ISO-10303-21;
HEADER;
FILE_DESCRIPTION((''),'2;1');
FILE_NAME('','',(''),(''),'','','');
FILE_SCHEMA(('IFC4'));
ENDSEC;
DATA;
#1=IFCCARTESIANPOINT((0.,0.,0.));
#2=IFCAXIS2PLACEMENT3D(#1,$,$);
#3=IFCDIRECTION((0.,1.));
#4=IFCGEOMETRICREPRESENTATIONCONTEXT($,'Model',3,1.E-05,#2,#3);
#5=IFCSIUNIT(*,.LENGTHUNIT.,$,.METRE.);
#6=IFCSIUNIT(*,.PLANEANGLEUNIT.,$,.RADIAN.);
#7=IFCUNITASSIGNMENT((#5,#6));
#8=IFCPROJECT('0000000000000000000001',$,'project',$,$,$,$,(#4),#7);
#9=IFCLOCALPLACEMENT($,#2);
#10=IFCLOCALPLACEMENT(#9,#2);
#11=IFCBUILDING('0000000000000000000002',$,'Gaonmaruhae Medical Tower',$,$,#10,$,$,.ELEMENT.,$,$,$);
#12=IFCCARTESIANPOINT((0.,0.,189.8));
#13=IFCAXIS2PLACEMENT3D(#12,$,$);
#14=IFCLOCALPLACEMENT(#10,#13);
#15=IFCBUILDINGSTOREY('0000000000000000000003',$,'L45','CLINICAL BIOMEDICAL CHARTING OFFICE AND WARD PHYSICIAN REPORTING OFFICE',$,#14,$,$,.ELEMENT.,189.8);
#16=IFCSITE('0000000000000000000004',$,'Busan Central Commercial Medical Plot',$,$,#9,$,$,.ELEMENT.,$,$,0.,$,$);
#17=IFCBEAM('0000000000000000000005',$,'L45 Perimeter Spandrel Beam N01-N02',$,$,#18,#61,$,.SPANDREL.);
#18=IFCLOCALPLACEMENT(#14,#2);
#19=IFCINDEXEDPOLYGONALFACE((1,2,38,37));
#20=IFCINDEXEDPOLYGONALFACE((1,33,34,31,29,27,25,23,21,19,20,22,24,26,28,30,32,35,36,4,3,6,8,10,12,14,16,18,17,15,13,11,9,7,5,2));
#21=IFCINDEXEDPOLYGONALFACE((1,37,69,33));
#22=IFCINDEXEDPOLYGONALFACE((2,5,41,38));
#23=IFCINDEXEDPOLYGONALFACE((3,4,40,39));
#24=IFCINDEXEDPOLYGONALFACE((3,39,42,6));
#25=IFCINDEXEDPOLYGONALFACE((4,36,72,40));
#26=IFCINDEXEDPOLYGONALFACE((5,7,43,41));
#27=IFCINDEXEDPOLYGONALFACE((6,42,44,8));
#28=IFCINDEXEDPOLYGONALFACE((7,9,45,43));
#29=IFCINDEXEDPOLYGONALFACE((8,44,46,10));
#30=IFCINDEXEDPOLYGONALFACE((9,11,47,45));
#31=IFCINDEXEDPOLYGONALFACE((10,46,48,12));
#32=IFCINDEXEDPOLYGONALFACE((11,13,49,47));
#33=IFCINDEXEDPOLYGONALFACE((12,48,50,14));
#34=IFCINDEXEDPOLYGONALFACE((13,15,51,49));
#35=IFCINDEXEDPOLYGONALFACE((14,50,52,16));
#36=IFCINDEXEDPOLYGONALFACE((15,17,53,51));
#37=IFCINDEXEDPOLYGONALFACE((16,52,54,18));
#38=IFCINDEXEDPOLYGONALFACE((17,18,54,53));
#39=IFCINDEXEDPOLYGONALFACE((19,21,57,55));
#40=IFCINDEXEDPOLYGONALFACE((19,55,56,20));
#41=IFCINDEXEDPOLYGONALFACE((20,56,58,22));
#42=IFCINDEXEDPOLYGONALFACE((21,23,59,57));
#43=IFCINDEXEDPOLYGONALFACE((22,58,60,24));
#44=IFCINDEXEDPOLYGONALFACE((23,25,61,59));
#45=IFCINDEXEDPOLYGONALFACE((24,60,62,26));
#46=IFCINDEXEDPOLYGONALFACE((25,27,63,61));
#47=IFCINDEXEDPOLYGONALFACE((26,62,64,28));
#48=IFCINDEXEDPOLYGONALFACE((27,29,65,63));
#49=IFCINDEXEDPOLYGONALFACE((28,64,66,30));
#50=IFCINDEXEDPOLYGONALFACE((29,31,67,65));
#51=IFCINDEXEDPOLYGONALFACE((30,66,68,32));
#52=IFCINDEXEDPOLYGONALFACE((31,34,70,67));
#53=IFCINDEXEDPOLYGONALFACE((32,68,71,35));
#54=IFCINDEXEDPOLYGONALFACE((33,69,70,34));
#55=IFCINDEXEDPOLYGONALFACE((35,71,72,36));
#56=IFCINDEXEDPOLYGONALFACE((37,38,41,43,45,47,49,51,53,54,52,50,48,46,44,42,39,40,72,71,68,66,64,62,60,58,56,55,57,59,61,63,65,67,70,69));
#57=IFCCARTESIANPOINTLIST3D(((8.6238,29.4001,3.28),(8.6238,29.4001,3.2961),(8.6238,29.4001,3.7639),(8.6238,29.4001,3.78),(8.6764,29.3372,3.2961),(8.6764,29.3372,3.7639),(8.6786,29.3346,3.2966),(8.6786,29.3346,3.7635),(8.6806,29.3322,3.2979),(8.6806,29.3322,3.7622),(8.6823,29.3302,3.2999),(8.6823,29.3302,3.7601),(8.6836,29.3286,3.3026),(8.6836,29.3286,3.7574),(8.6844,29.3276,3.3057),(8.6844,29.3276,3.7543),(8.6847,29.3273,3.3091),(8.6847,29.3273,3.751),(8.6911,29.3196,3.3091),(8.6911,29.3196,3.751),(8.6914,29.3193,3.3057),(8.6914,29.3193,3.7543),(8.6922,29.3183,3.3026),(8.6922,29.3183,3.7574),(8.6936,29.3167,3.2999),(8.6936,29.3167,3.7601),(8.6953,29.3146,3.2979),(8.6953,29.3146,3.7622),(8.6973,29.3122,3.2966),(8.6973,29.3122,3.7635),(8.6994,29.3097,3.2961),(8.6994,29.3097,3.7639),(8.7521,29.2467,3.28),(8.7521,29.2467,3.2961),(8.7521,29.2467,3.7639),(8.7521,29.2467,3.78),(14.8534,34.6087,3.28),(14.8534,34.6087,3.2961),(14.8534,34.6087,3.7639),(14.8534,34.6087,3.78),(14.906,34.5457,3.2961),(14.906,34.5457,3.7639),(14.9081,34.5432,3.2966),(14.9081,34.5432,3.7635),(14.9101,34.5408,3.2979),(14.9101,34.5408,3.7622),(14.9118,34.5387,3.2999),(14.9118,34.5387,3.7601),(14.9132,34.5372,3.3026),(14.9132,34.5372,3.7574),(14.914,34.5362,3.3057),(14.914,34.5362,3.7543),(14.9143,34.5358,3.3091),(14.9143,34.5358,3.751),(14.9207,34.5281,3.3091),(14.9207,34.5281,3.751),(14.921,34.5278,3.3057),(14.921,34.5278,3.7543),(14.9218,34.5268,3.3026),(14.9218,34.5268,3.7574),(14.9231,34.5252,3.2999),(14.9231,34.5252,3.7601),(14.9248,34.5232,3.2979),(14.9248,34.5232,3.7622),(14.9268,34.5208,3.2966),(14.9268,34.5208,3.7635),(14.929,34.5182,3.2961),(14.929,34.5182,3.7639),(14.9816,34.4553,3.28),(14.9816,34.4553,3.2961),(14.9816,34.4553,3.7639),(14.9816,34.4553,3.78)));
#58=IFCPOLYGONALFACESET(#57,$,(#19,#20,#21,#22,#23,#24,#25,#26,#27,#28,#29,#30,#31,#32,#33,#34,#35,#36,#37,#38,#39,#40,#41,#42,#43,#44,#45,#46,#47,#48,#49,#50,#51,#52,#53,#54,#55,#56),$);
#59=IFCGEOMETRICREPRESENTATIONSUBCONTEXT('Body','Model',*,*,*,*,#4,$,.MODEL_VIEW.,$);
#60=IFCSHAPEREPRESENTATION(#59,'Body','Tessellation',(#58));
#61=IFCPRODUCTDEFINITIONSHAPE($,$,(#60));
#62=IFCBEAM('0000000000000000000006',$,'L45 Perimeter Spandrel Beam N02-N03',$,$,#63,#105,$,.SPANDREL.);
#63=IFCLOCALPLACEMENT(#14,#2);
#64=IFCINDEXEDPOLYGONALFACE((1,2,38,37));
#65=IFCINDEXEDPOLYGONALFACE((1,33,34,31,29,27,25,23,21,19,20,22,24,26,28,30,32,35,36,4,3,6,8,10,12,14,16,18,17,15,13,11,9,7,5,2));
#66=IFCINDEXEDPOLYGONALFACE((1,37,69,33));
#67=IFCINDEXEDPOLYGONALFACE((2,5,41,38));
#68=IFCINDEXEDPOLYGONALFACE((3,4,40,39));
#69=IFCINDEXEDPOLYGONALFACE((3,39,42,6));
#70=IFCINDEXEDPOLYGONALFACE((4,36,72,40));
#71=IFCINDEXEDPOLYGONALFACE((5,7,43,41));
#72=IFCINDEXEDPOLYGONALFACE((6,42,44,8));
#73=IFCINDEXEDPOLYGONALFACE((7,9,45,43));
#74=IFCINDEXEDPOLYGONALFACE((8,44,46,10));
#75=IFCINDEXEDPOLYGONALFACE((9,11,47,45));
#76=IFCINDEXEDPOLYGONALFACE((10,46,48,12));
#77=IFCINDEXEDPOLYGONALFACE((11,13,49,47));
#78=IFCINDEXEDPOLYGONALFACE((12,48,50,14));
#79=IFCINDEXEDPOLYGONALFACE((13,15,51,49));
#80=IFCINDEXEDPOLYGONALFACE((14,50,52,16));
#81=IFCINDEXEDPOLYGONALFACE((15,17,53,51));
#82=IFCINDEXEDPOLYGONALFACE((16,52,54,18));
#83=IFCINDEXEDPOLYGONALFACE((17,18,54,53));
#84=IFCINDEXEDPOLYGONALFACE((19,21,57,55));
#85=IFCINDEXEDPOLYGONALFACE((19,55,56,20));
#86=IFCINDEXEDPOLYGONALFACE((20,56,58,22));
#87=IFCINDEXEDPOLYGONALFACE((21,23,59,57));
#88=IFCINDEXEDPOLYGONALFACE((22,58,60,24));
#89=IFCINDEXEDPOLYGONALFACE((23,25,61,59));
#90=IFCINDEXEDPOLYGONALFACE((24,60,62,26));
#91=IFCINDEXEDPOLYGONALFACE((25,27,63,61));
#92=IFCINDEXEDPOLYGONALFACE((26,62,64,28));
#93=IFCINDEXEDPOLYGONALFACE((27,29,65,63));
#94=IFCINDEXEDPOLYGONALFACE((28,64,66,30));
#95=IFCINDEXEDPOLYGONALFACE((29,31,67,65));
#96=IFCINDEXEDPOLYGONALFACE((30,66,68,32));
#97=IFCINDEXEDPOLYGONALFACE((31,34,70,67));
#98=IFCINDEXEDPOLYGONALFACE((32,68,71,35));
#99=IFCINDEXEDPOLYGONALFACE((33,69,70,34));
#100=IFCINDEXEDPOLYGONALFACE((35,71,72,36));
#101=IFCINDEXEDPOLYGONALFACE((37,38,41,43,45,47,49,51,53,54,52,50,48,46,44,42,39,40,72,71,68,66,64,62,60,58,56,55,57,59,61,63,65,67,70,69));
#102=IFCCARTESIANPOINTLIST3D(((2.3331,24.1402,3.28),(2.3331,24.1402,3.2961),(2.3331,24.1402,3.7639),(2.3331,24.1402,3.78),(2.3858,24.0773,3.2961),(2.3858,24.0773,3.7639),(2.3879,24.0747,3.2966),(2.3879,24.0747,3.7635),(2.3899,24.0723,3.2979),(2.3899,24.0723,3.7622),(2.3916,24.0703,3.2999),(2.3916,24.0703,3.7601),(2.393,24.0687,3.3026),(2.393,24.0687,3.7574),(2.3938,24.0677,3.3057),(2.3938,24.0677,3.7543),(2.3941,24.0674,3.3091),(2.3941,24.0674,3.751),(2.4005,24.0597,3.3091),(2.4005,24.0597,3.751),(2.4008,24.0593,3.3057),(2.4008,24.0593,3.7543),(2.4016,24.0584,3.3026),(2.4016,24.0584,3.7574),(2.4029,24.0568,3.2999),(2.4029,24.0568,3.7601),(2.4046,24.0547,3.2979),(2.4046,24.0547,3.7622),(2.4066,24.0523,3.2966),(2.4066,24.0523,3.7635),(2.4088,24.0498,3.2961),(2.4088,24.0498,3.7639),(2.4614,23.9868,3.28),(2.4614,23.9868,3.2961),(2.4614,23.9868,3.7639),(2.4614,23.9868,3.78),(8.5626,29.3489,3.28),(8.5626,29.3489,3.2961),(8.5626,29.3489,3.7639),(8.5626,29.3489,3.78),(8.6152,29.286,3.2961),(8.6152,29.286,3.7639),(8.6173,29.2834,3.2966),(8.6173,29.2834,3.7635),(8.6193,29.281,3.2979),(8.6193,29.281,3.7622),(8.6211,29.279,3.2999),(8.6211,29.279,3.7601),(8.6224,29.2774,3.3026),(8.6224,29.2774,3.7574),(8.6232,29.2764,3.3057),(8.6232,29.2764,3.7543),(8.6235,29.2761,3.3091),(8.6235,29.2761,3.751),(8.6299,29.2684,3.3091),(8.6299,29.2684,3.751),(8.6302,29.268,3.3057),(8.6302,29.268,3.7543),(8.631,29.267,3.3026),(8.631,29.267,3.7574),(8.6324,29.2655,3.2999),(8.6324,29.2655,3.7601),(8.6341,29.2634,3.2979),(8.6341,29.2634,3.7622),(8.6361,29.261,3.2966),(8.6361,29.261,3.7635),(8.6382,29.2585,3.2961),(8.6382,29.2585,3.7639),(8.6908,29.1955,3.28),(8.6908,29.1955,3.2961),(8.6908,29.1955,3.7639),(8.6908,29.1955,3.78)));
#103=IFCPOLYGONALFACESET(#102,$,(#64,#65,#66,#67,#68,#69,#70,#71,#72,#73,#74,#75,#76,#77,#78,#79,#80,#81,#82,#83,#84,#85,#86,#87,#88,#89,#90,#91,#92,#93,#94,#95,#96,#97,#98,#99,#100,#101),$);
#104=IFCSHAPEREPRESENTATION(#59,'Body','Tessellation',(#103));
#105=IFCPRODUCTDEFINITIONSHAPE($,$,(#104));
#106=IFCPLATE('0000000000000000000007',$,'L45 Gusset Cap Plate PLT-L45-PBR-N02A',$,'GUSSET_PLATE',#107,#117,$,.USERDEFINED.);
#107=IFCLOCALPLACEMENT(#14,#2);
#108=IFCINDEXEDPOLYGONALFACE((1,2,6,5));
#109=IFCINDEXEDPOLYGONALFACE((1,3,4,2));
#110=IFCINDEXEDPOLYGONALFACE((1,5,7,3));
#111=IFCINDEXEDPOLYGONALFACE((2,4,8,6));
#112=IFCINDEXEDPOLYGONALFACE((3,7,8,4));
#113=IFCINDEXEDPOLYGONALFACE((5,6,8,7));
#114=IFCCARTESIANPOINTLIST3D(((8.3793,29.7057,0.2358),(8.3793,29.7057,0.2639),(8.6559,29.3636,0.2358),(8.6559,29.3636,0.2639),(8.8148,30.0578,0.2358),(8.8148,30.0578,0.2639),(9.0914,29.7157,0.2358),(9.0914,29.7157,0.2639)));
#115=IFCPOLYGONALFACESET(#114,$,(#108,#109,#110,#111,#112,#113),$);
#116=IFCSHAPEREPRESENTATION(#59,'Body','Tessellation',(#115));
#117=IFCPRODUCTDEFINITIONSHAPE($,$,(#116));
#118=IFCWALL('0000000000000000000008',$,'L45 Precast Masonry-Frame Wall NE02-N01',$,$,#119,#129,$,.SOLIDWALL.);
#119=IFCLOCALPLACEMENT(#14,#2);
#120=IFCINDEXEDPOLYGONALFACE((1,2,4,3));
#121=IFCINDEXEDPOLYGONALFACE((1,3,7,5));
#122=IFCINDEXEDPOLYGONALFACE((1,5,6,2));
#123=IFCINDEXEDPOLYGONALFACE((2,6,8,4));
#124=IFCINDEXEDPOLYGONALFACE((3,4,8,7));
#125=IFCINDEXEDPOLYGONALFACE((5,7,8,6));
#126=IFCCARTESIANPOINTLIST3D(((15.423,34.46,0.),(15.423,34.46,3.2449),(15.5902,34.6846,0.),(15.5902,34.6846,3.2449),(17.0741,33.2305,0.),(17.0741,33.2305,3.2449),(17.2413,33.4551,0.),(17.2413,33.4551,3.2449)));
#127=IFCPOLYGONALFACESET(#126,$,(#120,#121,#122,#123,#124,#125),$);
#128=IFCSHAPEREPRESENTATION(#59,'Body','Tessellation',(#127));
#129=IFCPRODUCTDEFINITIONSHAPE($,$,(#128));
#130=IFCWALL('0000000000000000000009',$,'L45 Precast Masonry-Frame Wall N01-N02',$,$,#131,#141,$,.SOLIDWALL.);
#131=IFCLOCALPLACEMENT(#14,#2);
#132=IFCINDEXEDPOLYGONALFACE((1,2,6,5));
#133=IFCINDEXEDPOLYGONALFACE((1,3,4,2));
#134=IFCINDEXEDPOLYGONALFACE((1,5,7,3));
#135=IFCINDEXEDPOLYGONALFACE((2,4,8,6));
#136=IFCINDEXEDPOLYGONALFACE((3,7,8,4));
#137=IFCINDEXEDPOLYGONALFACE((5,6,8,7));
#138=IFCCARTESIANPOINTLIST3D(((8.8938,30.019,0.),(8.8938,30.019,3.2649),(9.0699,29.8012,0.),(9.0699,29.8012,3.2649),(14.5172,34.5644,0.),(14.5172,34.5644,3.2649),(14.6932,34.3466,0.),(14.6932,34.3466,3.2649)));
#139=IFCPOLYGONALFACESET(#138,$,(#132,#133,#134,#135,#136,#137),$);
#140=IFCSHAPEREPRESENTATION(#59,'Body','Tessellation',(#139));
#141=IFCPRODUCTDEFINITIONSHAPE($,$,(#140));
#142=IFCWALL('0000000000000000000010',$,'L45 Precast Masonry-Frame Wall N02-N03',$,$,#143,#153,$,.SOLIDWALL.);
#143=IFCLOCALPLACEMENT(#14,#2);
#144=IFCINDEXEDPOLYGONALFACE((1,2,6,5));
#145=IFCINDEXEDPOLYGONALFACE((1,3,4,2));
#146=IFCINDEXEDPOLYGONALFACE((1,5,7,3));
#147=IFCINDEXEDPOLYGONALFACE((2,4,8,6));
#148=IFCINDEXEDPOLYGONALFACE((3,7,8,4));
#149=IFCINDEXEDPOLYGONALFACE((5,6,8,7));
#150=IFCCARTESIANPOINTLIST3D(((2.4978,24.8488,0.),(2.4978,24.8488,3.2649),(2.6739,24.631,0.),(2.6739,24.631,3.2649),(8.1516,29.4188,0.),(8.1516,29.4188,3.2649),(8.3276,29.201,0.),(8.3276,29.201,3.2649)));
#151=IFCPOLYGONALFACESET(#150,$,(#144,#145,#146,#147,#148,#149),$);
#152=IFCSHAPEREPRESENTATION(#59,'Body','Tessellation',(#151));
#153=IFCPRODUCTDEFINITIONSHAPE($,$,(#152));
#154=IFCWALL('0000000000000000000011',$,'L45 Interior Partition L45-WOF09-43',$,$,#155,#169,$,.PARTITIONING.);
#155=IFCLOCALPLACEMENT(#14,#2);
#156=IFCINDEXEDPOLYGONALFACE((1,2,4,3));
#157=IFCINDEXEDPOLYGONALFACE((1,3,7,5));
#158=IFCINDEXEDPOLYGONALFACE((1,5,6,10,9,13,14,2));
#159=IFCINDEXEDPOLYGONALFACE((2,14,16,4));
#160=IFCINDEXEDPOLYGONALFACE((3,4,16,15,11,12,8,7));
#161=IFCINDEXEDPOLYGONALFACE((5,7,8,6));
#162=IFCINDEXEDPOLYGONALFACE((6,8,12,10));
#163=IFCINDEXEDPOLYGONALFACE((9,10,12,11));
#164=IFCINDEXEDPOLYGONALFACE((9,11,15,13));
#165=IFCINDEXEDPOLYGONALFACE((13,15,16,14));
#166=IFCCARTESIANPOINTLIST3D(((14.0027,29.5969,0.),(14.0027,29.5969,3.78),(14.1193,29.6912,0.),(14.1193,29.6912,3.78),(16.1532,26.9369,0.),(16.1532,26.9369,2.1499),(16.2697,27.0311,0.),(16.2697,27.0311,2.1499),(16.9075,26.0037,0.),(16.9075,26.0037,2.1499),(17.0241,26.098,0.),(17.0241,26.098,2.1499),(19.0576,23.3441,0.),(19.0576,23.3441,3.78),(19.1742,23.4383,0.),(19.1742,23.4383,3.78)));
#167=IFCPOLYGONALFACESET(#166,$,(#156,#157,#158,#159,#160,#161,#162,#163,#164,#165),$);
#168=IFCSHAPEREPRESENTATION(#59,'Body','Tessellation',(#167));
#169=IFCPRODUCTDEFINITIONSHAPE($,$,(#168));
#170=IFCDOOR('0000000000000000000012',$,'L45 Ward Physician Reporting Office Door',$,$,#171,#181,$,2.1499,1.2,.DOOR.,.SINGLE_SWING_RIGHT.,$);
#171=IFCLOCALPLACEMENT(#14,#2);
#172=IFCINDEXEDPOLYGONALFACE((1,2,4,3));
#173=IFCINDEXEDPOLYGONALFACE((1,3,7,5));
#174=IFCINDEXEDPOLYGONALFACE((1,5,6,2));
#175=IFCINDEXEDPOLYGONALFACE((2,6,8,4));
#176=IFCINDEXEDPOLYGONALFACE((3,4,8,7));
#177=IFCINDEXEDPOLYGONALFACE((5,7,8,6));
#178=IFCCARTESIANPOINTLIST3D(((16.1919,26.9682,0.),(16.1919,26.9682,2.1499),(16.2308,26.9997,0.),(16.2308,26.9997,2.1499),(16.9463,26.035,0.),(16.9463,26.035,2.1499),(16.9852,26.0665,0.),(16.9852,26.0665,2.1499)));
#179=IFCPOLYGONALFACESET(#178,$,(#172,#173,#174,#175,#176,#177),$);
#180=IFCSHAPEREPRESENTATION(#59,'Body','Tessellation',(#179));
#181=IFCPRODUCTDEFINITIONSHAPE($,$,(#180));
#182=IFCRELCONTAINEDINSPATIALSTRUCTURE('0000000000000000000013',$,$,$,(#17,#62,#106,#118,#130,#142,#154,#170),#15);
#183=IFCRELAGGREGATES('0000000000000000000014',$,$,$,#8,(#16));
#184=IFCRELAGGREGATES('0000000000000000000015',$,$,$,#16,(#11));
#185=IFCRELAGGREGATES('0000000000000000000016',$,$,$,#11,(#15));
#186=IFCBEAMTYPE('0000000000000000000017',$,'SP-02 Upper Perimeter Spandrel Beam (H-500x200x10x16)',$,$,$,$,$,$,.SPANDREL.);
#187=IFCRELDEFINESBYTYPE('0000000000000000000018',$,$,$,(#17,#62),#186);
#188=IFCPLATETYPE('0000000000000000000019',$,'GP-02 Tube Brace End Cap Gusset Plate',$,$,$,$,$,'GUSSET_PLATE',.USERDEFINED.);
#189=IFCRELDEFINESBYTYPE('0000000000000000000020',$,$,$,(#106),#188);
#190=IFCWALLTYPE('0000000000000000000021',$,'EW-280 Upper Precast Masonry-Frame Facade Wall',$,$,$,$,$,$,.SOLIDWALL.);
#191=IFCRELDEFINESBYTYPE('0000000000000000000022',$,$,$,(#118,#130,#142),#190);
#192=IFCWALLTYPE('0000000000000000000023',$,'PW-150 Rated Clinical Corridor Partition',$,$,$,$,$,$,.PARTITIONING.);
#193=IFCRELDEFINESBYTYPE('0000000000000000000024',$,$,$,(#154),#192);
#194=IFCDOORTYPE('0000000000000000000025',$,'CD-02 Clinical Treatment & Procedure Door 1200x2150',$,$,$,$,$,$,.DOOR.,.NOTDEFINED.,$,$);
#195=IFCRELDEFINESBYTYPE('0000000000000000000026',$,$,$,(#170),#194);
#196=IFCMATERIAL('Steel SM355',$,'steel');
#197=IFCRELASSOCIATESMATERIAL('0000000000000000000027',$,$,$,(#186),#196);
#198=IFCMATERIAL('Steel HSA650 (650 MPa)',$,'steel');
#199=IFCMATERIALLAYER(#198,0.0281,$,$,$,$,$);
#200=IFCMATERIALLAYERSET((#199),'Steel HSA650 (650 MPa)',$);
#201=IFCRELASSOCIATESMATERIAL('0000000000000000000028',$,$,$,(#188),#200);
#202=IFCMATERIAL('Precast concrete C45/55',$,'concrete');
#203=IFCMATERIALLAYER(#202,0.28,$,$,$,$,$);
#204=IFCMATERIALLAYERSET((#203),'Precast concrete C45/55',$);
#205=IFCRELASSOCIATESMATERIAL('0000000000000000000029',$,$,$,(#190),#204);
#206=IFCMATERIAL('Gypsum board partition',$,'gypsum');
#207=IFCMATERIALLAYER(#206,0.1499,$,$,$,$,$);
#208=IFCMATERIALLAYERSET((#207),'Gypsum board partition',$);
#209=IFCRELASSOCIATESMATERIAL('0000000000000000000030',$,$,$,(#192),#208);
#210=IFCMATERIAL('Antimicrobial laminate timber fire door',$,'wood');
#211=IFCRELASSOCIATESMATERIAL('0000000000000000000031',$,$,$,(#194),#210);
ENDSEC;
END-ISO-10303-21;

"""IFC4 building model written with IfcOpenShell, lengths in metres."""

from ifc_helpers import new_model, si_unit, direction, frame, frame_2d, origin, origin_2d, place, context, subcontext, project, spatial, rectangle, i_section, extrude, material, layer, layer_set, material_profile, profile_set, type_object, element, fill, save


model = new_model("IFC4")

# Units and contexts
model_context = context("Model", 3, precision=1e-05, world=origin(), true_north=direction((0.0, 1.0)))
body_context = subcontext(model_context, "Body", "Model", "MODEL_VIEW")
ifc_project = project(units=[si_unit("LENGTHUNIT", "METRE"), si_unit("PLANEANGLEUNIT", "RADIAN")], contexts=[model_context])

# Site, building, storey
site_placement = place(None, origin())
site = spatial("IfcSite", under=ifc_project, at=site_placement, Name="Busan Central Commercial Medical Plot", CompositionType="ELEMENT", RefElevation=0.0)
building_placement = place(site_placement, origin())
building = spatial("IfcBuilding", under=site, at=building_placement, Name="Gaonmaruhae Medical Tower", CompositionType="ELEMENT")
storey_placement = place(building_placement, frame((0.0, 0.0, 189.8)))
storey = spatial("IfcBuildingStorey", under=building, at=storey_placement, Name="L45", Description="CLINICAL BIOMEDICAL CHARTING OFFICE AND WARD PHYSICIAN REPORTING OFFICE", CompositionType="ELEMENT", Elevation=189.8)

# Shared definitions
ifc_material_1 = material(Name="Steel SM355", Category="steel")

# Beams
ifc_material_profile_1 = material_profile(ifc_material_1, i_section(OverallWidth=0.2, OverallDepth=0.5, WebThickness=0.01, FlangeThickness=0.0161, FilletRadius=0.0129, at=origin_2d()), Name="H-500x200x10x16")
ifc_profile_set_1 = profile_set([ifc_material_profile_1], Name="Steel SM355")
beam_type_1 = type_object("IfcBeamType", Name="SP-02 Upper Perimeter Spandrel Beam (H-500x200x10x16)", PredefinedType="SPANDREL", material=ifc_profile_set_1)
for number, where, z_axis, x_axis, name in (
    (1, (14.9175, 34.532, 3.53), (-0.767175, -0.641437, 0.0), (0.641437, -0.767175, 0.0), "L45 Perimeter Spandrel Beam N01-N02"),
    (2, (8.6267, 29.2722, 3.53), (-0.767161, -0.641455, 0.0), (0.641455, -0.767161, 0.0), "L45 Perimeter Spandrel Beam N02-N03"),
):
    element("IfcBeam", number, at=place(storey_placement, frame(where, z_axis=z_axis, x_axis=x_axis)), inside=storey, type_object=beam_type_1, Name=name, PredefinedType="SPANDREL", context=body_context, shape_type="SweptSolid", body=[
        extrude(i_section(OverallWidth=0.2, OverallDepth=0.5, WebThickness=0.01, FlangeThickness=0.0161, FilletRadius=0.0129, at=origin_2d()), origin(), (0.0, 0.0, 1.0), 8.1201),
    ])

# Plate
ifc_material_2 = material(Name="Steel HSA650 (650 MPa)", Category="steel")
ifc_layer_1 = layer(ifc_material_2, 0.0281)
ifc_layer_set_1 = layer_set([ifc_layer_1], Name="Steel HSA650 (650 MPa)")
plate_type = type_object("IfcPlateType", Name="GP-02 Tube Brace End Cap Gusset Plate", ElementType="GUSSET_PLATE", PredefinedType="USERDEFINED", material=ifc_layer_set_1)
plate_placement = place(storey_placement, frame((8.7354, 29.7107, 0.2358), z_axis=(0.0, 0.0, 1.0), x_axis=(0.777695, 0.628642, 0.0)))
element("IfcPlate", 3, at=plate_placement, inside=storey, type_object=plate_type, Name="L45 Gusset Cap Plate PLT-L45-PBR-N02A", ObjectType="GUSSET_PLATE", PredefinedType="USERDEFINED", context=body_context, shape_type="SweptSolid", body=[
    extrude(rectangle(XDim=0.5601, YDim=0.4399, at=origin_2d()), origin(), (0.0, 0.0, 1.0), 0.0281),
])

# Walls
ifc_material_3 = material(Name="Precast concrete C45/55", Category="concrete")
ifc_layer_2 = layer(ifc_material_3, 0.28)
ifc_layer_set_2 = layer_set([ifc_layer_2], Name="Precast concrete C45/55")
wall_type_1 = type_object("IfcWallType", Name="EW-280 Upper Precast Masonry-Frame Facade Wall", PredefinedType="SOLIDWALL", material=ifc_layer_set_2)
wall_1_placement = place(storey_placement, frame((15.5066, 34.5723, 0.0), z_axis=(0.0, 0.0, 1.0), x_axis=(0.802059, -0.597245, 0.0)))
element("IfcWall", 4, at=wall_1_placement, inside=storey, type_object=wall_type_1, Name="L45 Precast Masonry-Frame Wall NE02-N01", PredefinedType="SOLIDWALL", context=body_context, shape_type="SweptSolid", body=[
    extrude(rectangle(XDim=2.0586, YDim=0.28, at=frame_2d((1.0293, 0.0))), origin(), (0.0, 0.0, 1.0), 3.2449),
])
wall_2_placement = place(storey_placement, frame((8.9819, 29.9102, 0.0), z_axis=(0.0, 0.0, 1.0), x_axis=(0.777703, 0.628632, 0.0)))
element("IfcWall", 5, at=wall_2_placement, inside=storey, type_object=wall_type_1, Name="L45 Precast Masonry-Frame Wall N01-N02", PredefinedType="SOLIDWALL", context=body_context, shape_type="SweptSolid", body=[
    extrude(rectangle(XDim=7.2307, YDim=0.28, at=frame_2d((3.6152, 0.0))), origin(), (0.0, 0.0, 1.0), 3.2649),
])
wall_3_placement = place(storey_placement, frame((2.5859, 24.74, 0.0), z_axis=(0.0, 0.0, 1.0), x_axis=(0.777704, 0.628631, 0.0)))
element("IfcWall", 6, at=wall_3_placement, inside=storey, type_object=wall_type_1, Name="L45 Precast Masonry-Frame Wall N02-N03", PredefinedType="SOLIDWALL", context=body_context, shape_type="SweptSolid", body=[
    extrude(rectangle(XDim=7.2698, YDim=0.28, at=frame_2d((3.6348, 0.0))), origin(), (0.0, 0.0, 1.0), 3.2649),
])

# Wall, opening, door
ifc_material_4 = material(Name="Gypsum board partition", Category="gypsum")
ifc_layer_3 = layer(ifc_material_4, 0.1499)
ifc_layer_set_3 = layer_set([ifc_layer_3], Name="Gypsum board partition")
wall_type_2 = type_object("IfcWallType", Name="PW-150 Rated Clinical Corridor Partition", PredefinedType="PARTITIONING", material=ifc_layer_set_3)
wall_4_placement = place(storey_placement, frame((14.061, 29.644, 0.0), z_axis=(0.0, 0.0, 1.0), x_axis=(0.628675, -0.777668, 0.0)))
wall_4 = element("IfcWall", 7, at=wall_4_placement, inside=storey, type_object=wall_type_2, Name="L45 Interior Partition L45-WOF09-43", PredefinedType="PARTITIONING", context=body_context, shape_type="SweptSolid", body=[
    extrude(rectangle(XDim=8.0405, YDim=0.1499, at=frame_2d((4.0203, 0.0))), origin(), (0.0, 0.0, 1.0), 3.78),
])
opening_placement = place(wall_4_placement, frame((3.4204, 0.0, 0.0)))
opening = element("IfcOpeningElement", 8, at=opening_placement, cuts=wall_4, PredefinedType="OPENING", context=body_context, shape_type="SweptSolid", body=[
    extrude(rectangle(XDim=1.2, YDim=2.1499, at=frame_2d((0.6001, 1.075))), frame((0.0, 0.085, 0.0), z_axis=(0.0, -1.0, 0.0), x_axis=(1.0, 0.0, 0.0)), (0.0, 0.0, 1.0), 0.1699),
])
ifc_material_5 = material(Name="Antimicrobial laminate timber fire door", Category="wood")
door_type = type_object("IfcDoorType", Name="CD-02 Clinical Treatment & Procedure Door 1200x2150", OperationType="NOTDEFINED", PredefinedType="DOOR", material=ifc_material_5)
door_placement = place(opening_placement, origin())
door = element("IfcDoor", 9, at=door_placement, inside=storey, type_object=door_type, Name="L45 Ward Physician Reporting Office Door", OperationType="SINGLE_SWING_RIGHT", OverallHeight=2.1499, OverallWidth=1.2, PredefinedType="DOOR", context=body_context, shape_type="SweptSolid", body=[
    extrude(rectangle(XDim=1.2, YDim=2.1499, at=frame_2d((0.6001, 1.075))), frame((0.0, 0.0249, 0.0), z_axis=(0.0, -1.0, 0.0), x_axis=(1.0, 0.0, 0.0)), (0.0, 0.0, 1.0), 0.05),
])
fill(opening, door)

save(model, "model.ifc")
